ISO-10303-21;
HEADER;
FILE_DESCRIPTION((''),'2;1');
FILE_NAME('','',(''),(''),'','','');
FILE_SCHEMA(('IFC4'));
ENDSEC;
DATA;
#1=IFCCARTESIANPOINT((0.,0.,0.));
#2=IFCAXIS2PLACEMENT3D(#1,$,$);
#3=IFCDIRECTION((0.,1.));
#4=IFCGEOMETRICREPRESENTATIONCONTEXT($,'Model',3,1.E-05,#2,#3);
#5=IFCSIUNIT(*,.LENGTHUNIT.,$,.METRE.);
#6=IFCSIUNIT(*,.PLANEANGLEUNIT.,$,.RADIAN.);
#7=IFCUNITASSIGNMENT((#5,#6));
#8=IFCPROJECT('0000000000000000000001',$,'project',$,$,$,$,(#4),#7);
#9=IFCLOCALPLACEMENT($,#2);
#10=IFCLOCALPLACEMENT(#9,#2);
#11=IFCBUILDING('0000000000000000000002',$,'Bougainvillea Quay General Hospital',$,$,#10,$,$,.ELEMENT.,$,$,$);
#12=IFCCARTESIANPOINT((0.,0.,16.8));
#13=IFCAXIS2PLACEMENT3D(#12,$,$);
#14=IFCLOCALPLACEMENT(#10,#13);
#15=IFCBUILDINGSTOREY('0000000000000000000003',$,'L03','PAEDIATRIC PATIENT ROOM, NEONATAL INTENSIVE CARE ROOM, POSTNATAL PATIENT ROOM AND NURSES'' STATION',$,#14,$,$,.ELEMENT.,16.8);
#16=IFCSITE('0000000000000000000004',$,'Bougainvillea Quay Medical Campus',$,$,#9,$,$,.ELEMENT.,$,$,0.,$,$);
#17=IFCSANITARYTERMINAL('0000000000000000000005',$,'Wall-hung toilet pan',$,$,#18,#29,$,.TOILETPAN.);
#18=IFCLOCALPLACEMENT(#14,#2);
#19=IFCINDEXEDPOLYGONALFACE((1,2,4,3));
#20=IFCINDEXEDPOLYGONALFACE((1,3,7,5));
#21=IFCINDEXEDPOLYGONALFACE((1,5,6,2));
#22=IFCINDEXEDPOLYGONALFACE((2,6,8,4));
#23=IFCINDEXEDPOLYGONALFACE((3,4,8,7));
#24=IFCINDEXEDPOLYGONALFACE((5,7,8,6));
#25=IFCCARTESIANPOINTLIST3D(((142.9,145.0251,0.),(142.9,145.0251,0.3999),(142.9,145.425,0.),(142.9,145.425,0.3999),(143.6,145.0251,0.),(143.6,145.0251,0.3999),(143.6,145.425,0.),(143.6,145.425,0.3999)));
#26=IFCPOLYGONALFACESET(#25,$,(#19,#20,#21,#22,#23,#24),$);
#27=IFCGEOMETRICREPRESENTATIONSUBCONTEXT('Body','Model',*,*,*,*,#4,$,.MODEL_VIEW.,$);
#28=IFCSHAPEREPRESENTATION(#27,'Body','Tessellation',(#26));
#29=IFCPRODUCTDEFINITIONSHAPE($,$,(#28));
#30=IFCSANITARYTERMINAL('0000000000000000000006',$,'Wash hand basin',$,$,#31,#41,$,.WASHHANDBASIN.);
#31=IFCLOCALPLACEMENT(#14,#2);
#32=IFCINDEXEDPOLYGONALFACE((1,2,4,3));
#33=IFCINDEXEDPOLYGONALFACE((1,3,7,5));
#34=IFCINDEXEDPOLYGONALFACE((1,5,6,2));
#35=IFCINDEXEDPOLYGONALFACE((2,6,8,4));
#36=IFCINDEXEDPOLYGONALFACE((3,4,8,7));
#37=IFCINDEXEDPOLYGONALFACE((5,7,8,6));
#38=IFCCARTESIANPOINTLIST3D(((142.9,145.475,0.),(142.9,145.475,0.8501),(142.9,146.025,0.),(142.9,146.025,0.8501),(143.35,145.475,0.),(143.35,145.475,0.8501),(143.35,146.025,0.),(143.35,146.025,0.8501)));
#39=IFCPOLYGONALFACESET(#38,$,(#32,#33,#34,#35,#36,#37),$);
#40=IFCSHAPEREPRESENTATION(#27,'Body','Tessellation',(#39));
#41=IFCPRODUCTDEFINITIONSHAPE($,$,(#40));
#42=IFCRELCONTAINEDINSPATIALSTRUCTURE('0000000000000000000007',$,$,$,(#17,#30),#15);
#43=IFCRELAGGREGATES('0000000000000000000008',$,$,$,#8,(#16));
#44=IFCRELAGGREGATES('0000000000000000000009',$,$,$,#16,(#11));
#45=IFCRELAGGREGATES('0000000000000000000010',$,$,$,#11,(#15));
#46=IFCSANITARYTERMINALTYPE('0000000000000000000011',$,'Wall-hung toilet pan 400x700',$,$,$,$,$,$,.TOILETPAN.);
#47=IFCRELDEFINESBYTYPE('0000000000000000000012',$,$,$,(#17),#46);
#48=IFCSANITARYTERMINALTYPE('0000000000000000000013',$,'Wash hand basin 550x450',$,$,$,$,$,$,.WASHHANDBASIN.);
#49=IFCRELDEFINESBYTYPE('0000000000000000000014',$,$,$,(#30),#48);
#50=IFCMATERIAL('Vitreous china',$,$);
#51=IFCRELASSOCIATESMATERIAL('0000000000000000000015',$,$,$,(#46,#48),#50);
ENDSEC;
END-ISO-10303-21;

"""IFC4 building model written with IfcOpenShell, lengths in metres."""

from ifc_helpers import new_model, si_unit, direction, frame, origin, origin_2d, place, context, subcontext, project, spatial, rectangle, extrude, material, type_object, element, save


model = new_model("IFC4")

# Units and contexts
model_context = context("Model", 3, precision=1e-05, world=origin(), true_north=direction((0.0, 1.0)))
body_context = subcontext(model_context, "Body", "Model", "MODEL_VIEW")
ifc_project = project(units=[si_unit("LENGTHUNIT", "METRE"), si_unit("PLANEANGLEUNIT", "RADIAN")], contexts=[model_context])

# Site, building, storey
site_placement = place(None, origin())
site = spatial("IfcSite", under=ifc_project, at=site_placement, Name="Bougainvillea Quay Medical Campus", CompositionType="ELEMENT", RefElevation=0.0)
building_placement = place(site_placement, origin())
building = spatial("IfcBuilding", under=site, at=building_placement, Name="Bougainvillea Quay General Hospital", CompositionType="ELEMENT")
storey_placement = place(building_placement, frame((0.0, 0.0, 16.8)))
storey = spatial("IfcBuildingStorey", under=building, at=storey_placement, Name="L03", Description="PAEDIATRIC PATIENT ROOM, NEONATAL INTENSIVE CARE ROOM, POSTNATAL PATIENT ROOM AND NURSES' STATION", CompositionType="ELEMENT", Elevation=16.8)

# Sanitary terminals
ifc_material_1 = material(Name="Vitreous china")
sanitary_terminal_type_1 = type_object("IfcSanitaryTerminalType", Name="Wall-hung toilet pan 400x700", PredefinedType="TOILETPAN", material=ifc_material_1)
sanitary_terminal_1_placement = place(storey_placement, frame((143.25, 145.2251, 0.0), z_axis=(0.0, 0.0, 1.0), x_axis=(0.0, 1.0, 0.0)))
element("IfcSanitaryTerminal", 1, at=sanitary_terminal_1_placement, inside=storey, type_object=sanitary_terminal_type_1, Name="Wall-hung toilet pan", PredefinedType="TOILETPAN", context=body_context, shape_type="SweptSolid", body=[
    extrude(rectangle(XDim=0.3999, YDim=0.7, at=origin_2d()), origin(), (0.0, 0.0, 1.0), 0.3999),
])
sanitary_terminal_type_2 = type_object("IfcSanitaryTerminalType", Name="Wash hand basin 550x450", PredefinedType="WASHHANDBASIN", material=ifc_material_1)
sanitary_terminal_2_placement = place(storey_placement, frame((143.125, 145.75, 0.0), z_axis=(0.0, 0.0, 1.0), x_axis=(0.0, 1.0, 0.0)))
element("IfcSanitaryTerminal", 2, at=sanitary_terminal_2_placement, inside=storey, type_object=sanitary_terminal_type_2, Name="Wash hand basin", PredefinedType="WASHHANDBASIN", context=body_context, shape_type="SweptSolid", body=[
    extrude(rectangle(XDim=0.55, YDim=0.45, at=origin_2d()), origin(), (0.0, 0.0, 1.0), 0.8501),
])

save(model, "model.ifc")
